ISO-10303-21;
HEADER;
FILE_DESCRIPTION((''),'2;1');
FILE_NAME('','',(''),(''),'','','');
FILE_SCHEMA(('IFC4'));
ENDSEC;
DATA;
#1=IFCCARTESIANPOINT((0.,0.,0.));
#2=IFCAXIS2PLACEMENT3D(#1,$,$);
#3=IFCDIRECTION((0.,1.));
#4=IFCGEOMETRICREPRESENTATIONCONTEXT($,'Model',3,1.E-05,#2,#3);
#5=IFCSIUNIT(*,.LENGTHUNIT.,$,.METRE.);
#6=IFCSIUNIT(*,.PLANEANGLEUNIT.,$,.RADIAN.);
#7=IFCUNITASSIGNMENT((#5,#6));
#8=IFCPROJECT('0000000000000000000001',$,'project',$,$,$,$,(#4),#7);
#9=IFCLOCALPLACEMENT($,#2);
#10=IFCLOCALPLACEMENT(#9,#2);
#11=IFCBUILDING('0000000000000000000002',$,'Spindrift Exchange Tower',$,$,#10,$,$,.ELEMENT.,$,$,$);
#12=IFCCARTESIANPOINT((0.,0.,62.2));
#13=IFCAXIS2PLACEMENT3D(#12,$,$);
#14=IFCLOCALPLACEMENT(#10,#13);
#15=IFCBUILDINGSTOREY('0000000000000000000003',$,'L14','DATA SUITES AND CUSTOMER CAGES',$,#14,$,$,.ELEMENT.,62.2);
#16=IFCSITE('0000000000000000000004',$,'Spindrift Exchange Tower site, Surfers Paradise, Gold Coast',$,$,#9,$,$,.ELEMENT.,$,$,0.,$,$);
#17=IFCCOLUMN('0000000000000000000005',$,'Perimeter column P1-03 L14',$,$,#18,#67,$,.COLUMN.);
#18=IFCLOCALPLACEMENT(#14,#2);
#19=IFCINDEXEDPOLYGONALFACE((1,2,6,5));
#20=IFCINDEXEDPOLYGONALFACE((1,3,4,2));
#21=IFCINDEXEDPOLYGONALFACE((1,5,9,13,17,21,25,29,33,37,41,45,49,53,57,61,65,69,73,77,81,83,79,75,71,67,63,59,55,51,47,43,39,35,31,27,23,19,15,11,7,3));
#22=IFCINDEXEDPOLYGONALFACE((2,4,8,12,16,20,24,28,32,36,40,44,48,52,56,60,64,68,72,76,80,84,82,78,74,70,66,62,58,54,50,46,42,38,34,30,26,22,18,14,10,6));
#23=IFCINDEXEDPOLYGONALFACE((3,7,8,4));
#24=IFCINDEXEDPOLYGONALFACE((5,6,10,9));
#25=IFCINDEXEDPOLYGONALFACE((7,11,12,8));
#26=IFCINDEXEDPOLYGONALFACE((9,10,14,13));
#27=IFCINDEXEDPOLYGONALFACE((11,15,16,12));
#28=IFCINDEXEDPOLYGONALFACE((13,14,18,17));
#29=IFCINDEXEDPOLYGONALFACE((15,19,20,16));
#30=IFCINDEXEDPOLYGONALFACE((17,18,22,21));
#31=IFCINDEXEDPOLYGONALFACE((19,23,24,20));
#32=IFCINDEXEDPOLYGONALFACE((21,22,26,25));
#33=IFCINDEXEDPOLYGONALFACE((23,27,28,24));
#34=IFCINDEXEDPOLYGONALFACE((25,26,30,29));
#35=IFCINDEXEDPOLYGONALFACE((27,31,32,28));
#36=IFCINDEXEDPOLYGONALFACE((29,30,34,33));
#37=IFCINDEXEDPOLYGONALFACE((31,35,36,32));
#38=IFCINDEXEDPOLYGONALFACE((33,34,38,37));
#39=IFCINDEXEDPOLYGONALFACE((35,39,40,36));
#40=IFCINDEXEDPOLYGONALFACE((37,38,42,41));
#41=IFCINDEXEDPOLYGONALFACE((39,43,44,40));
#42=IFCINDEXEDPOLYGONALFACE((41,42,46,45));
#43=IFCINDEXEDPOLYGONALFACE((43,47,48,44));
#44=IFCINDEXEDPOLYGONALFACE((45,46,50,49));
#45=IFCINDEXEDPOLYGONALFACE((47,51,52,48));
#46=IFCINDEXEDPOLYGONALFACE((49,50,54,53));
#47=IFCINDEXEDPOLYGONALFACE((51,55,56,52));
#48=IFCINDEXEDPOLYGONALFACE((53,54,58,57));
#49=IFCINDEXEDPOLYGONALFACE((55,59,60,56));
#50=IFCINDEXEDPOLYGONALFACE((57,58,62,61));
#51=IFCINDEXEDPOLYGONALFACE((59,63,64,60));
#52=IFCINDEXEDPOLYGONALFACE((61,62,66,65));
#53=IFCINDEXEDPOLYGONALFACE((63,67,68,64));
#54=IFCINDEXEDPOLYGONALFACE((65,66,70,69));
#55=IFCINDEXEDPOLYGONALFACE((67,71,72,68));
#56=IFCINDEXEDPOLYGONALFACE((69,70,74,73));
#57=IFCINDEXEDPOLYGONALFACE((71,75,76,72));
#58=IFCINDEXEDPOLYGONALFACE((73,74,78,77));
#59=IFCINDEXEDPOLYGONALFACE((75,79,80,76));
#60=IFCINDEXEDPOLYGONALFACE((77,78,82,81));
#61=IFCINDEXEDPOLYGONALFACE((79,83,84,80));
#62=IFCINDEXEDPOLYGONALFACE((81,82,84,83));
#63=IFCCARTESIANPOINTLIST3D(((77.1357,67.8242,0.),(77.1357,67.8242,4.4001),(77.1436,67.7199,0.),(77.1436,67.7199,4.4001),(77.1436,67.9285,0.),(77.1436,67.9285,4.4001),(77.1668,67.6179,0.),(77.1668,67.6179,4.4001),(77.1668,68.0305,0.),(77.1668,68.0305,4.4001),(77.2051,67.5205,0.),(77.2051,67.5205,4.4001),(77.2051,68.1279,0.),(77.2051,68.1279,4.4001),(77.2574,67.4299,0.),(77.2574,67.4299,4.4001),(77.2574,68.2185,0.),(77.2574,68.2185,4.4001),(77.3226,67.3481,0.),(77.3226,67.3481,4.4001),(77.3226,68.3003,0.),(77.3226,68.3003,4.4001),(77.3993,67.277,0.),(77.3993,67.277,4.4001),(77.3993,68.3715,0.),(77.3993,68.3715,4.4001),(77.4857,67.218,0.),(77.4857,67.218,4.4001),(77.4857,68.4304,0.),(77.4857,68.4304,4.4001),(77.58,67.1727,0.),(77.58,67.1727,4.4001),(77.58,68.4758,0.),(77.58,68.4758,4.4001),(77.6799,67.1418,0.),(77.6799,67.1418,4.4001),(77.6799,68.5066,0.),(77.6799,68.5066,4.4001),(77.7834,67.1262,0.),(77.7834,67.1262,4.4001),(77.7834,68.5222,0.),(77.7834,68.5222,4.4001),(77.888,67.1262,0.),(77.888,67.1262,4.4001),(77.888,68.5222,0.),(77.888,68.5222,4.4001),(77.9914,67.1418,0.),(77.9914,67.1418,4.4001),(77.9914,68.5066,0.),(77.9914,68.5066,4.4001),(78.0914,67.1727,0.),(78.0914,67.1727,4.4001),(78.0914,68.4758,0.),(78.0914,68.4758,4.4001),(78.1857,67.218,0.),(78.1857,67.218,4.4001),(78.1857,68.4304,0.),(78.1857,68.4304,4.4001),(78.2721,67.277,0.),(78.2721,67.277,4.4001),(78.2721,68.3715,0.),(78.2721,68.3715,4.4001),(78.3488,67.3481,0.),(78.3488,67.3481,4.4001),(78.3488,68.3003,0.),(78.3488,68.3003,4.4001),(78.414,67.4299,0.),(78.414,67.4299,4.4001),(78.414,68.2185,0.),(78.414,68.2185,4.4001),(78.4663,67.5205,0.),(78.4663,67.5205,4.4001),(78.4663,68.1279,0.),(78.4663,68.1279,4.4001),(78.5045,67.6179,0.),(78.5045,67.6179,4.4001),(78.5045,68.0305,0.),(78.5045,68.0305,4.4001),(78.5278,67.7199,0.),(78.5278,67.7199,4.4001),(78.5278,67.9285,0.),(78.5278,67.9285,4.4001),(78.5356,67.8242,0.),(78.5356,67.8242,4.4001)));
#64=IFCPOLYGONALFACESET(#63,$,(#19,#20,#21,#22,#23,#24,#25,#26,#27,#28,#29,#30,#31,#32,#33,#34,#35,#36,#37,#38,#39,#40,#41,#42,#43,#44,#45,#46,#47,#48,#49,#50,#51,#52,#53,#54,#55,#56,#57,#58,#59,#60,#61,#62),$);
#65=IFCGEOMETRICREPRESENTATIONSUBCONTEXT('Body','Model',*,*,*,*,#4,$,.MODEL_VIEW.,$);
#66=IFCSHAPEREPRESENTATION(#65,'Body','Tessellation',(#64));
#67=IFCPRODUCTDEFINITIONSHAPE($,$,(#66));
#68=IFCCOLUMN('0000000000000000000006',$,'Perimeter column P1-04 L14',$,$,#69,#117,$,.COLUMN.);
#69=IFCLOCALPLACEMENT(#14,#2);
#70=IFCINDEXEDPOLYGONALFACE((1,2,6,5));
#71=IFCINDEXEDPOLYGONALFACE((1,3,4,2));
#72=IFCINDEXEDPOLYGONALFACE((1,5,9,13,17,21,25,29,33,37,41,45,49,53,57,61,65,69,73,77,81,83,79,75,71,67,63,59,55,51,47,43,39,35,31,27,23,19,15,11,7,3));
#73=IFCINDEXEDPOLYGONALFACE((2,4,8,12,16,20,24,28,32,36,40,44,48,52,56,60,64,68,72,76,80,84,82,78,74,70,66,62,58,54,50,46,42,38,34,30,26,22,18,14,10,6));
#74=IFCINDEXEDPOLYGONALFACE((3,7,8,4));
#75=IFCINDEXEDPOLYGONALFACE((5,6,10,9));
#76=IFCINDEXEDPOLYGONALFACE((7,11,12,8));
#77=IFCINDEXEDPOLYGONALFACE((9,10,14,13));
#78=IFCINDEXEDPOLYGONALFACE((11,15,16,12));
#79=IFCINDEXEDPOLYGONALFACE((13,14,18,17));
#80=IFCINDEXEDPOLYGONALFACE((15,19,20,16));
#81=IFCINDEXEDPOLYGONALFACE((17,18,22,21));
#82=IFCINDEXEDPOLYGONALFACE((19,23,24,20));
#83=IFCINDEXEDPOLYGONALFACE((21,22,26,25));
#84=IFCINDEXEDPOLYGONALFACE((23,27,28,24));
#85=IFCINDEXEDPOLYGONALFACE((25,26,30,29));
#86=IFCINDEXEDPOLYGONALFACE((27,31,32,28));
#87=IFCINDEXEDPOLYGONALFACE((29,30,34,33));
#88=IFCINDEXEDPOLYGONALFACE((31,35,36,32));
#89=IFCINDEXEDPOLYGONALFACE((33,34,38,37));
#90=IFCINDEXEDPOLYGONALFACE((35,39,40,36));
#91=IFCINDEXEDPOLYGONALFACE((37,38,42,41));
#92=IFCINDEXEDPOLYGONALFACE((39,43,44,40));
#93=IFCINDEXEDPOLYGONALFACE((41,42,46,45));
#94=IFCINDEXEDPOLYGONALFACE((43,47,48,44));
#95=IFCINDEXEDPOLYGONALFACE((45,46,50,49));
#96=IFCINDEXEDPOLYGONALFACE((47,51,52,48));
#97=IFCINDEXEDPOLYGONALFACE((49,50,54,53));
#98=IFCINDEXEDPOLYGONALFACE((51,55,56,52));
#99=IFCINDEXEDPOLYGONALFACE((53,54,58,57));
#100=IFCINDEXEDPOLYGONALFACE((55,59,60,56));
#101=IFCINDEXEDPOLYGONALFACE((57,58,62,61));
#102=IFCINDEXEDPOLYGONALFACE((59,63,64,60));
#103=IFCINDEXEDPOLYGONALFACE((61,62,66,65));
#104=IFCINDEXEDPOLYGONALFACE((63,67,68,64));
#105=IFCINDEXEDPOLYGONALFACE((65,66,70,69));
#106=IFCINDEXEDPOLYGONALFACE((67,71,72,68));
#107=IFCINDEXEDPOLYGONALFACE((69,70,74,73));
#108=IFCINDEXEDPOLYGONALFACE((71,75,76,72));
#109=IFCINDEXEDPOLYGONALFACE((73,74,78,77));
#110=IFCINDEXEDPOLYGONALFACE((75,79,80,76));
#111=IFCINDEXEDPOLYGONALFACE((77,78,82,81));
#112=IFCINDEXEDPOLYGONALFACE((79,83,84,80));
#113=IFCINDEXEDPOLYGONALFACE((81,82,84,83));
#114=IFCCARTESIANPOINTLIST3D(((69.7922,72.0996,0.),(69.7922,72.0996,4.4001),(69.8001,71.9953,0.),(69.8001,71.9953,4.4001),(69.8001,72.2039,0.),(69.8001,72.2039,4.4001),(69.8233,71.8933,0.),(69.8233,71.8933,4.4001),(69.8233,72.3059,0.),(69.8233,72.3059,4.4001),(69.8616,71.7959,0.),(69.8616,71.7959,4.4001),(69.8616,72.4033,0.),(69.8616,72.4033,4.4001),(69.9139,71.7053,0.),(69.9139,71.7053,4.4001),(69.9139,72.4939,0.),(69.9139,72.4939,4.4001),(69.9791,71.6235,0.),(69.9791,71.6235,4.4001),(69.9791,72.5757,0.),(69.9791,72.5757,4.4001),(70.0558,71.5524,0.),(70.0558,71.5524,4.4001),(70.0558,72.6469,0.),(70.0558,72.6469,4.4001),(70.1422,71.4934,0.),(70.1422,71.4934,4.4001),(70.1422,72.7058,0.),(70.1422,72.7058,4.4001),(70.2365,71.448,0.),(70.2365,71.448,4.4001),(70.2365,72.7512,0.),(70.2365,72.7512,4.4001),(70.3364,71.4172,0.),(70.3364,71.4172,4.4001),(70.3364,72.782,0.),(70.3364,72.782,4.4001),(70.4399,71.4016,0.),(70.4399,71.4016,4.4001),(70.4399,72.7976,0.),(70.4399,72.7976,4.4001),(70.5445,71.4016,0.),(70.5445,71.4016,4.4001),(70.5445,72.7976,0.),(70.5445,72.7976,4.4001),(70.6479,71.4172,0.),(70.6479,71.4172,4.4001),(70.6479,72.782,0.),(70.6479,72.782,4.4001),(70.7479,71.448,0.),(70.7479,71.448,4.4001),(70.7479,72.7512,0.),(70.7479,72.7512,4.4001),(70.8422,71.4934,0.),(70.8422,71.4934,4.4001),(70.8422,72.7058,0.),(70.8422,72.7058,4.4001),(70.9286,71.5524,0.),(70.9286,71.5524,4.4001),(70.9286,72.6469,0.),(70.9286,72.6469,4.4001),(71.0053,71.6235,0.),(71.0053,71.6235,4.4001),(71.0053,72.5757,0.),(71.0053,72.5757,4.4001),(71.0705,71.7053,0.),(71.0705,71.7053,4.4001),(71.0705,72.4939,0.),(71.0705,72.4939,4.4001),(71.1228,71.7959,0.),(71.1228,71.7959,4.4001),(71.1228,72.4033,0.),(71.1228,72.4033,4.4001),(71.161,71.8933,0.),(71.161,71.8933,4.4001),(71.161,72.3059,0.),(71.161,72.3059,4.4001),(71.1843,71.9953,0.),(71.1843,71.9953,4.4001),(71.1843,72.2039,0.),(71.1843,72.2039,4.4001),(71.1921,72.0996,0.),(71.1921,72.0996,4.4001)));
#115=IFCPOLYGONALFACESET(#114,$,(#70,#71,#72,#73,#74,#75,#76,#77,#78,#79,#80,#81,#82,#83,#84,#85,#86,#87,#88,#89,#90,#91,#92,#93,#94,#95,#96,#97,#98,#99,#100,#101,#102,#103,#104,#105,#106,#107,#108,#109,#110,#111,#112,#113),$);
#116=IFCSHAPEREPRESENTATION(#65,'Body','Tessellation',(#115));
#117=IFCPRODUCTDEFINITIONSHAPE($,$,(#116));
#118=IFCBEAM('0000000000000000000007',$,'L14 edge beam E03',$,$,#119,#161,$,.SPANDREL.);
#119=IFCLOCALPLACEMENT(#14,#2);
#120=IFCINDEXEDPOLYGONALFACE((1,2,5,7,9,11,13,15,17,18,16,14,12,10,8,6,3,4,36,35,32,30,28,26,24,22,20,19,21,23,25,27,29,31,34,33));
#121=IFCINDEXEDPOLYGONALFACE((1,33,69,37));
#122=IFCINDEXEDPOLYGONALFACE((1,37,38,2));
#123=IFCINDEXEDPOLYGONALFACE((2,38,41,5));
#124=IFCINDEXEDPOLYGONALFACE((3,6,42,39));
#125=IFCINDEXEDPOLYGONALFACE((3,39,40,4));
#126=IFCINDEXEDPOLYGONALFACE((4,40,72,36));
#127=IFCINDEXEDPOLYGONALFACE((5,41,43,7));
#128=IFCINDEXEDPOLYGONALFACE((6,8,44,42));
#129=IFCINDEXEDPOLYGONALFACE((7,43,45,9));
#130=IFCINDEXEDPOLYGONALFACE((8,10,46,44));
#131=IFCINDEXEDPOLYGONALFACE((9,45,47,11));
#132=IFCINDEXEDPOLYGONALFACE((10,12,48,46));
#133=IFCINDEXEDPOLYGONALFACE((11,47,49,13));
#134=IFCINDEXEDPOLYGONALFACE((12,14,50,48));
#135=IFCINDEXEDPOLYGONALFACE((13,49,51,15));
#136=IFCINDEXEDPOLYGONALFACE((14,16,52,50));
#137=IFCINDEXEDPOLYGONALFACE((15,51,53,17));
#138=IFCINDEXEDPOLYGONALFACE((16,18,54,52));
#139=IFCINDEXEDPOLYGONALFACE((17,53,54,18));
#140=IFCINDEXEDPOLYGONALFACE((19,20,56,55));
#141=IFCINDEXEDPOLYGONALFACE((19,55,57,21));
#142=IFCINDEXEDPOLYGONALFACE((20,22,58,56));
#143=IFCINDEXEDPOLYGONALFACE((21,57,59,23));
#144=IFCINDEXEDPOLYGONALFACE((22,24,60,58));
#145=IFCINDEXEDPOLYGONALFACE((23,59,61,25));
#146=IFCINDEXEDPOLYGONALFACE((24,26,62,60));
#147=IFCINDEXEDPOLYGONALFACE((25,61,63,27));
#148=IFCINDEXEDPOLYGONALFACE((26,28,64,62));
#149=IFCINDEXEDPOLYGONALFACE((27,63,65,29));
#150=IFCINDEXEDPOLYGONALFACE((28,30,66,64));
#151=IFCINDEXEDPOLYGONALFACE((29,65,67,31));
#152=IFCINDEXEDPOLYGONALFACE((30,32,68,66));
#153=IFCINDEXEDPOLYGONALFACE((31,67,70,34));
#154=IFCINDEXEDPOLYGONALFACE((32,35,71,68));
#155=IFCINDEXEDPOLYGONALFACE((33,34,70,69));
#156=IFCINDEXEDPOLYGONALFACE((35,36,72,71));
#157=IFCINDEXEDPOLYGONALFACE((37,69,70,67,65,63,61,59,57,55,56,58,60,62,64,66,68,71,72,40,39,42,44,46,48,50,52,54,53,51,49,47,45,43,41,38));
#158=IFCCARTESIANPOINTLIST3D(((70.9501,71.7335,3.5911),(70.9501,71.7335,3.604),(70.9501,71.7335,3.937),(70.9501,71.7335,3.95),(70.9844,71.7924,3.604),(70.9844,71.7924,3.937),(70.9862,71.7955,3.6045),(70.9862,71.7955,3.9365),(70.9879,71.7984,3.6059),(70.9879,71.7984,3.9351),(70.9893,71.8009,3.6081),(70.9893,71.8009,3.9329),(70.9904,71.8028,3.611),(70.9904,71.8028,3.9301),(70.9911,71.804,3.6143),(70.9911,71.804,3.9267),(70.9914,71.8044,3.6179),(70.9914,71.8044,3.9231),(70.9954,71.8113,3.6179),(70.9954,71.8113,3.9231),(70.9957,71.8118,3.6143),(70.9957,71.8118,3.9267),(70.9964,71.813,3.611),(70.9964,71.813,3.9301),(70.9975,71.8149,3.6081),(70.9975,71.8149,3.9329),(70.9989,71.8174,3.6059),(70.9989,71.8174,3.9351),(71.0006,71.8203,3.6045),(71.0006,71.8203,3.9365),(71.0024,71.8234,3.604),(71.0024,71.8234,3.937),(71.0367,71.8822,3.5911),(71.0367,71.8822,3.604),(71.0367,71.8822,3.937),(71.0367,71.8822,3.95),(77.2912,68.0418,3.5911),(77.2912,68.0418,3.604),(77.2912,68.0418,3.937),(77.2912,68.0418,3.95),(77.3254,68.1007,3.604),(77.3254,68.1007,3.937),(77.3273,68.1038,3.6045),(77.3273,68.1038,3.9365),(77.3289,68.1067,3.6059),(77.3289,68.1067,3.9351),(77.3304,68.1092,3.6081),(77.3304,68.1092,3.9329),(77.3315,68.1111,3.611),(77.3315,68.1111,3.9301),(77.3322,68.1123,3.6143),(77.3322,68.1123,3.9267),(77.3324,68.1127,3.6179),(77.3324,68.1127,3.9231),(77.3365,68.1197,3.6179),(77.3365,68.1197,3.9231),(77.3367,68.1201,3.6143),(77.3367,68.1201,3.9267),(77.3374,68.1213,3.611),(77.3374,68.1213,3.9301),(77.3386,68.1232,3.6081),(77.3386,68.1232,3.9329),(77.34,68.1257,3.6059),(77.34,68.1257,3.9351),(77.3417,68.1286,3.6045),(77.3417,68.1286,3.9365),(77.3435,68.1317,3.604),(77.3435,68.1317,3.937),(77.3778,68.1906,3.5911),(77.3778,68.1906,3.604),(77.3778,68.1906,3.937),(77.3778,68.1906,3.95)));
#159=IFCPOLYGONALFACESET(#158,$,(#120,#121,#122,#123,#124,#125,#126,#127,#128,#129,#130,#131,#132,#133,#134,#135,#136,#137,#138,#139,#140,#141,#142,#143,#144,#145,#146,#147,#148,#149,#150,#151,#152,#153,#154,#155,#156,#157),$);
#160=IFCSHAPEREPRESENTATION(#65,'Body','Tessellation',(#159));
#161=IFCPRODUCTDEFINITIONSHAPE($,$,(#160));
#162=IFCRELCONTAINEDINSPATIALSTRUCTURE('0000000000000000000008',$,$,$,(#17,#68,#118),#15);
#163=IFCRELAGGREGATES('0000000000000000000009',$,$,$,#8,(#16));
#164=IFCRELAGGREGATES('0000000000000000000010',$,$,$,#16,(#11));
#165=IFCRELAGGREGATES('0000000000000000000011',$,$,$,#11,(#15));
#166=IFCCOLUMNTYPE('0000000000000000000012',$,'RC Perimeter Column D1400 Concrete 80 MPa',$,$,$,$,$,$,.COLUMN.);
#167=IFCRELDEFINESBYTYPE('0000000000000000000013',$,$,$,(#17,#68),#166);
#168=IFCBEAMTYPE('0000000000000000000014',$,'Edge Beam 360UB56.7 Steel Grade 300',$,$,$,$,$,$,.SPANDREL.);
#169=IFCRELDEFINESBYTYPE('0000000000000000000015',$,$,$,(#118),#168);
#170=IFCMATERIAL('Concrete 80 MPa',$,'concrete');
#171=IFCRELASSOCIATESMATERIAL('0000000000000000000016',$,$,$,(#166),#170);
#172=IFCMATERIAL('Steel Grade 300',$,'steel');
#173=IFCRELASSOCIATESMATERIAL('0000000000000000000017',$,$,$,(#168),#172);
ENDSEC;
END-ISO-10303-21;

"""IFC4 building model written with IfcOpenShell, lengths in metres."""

from ifc_helpers import new_model, si_unit, direction, frame, origin, origin_2d, place, context, subcontext, project, spatial, circle, i_section, extrude, source, transform, mapped, material, material_profile, profile_set, type_object, element, save


model = new_model("IFC4")

# Units and contexts
model_context = context("Model", 3, precision=1e-05, world=origin(), true_north=direction((0.0, 1.0)))
body_context = subcontext(model_context, "Body", "Model", "MODEL_VIEW")
ifc_project = project(units=[si_unit("LENGTHUNIT", "METRE"), si_unit("PLANEANGLEUNIT", "RADIAN")], contexts=[model_context])

# Site, building, storey
site_placement = place(None, origin())
site = spatial("IfcSite", under=ifc_project, at=site_placement, Name="Spindrift Exchange Tower site, Surfers Paradise, Gold Coast", CompositionType="ELEMENT", RefElevation=0.0)
building_placement = place(site_placement, origin())
building = spatial("IfcBuilding", under=site, at=building_placement, Name="Spindrift Exchange Tower", CompositionType="ELEMENT")
storey_placement = place(building_placement, frame((0.0, 0.0, 62.2)))
storey = spatial("IfcBuildingStorey", under=building, at=storey_placement, Name="L14", Description="DATA SUITES AND CUSTOMER CAGES", CompositionType="ELEMENT", Elevation=62.2)

# Columns
ifc_material_1 = material(Name="Concrete 80 MPa", Category="concrete")
ifc_material_profile_1 = material_profile(ifc_material_1, circle(Radius=0.7, at=origin_2d()), Name="RC D1400")
ifc_profile_set_1 = profile_set([ifc_material_profile_1], Name="Concrete 80 MPa")
column_type = type_object("IfcColumnType", Name="RC Perimeter Column D1400 Concrete 80 MPa", PredefinedType="COLUMN", material=ifc_profile_set_1)
shared_shape_1 = source(origin(), body_context, "Body", "SweptSolid", [
    extrude(circle(Radius=0.7, at=origin_2d()), origin(), (0.0, 0.0, 1.0), 4.4001),
])
for number, where, z_axis, x_axis, name in (
    (1, (77.8357, 67.8242, 0.0), (0.0, 0.0, 1.0), (1.0, 0.0, 0.0), "Perimeter column P1-03 L14"),
    (2, (70.4922, 72.0996, 0.0), (0.0, 0.0, 1.0), (1.0, 0.0, 0.0), "Perimeter column P1-04 L14"),
):
    element("IfcColumn", number, at=place(storey_placement, frame(where, z_axis=z_axis, x_axis=x_axis)), inside=storey, type_object=column_type, Name=name, PredefinedType="COLUMN", context=body_context, shape_type="MappedRepresentation", body=[
        mapped(shared_shape_1, transform((0.0, 0.0, 0.0), scale=1.0)),
    ])

# Beam
ifc_material_2 = material(Name="Steel Grade 300", Category="steel")
ifc_material_profile_2 = material_profile(ifc_material_2, i_section(OverallWidth=0.1721, OverallDepth=0.3589, WebThickness=0.0081, FlangeThickness=0.0129, FilletRadius=0.0139, at=origin_2d()), Name="360UB56.7")
ifc_profile_set_2 = profile_set([ifc_material_profile_2], Name="Steel Grade 300")
beam_type_1 = type_object("IfcBeamType", Name="Edge Beam 360UB56.7 Steel Grade 300", PredefinedType="SPANDREL", material=ifc_profile_set_2)
shared_shape_2 = source(origin(), body_context, "Body", "SweptSolid", [
    extrude(i_section(OverallWidth=0.1721, OverallDepth=0.3589, WebThickness=0.0081, FlangeThickness=0.0129, FilletRadius=0.0139, at=origin_2d()), origin(), (0.0, 0.0, 1.0), 7.3374),
])
beam_1_placement = place(storey_placement, frame((77.3345, 68.1162, 3.7705), z_axis=(-0.864212, 0.503128, 0.0), x_axis=(-0.503128, -0.864212, 0.0)))
element("IfcBeam", 3, at=beam_1_placement, inside=storey, type_object=beam_type_1, Name="L14 edge beam E03", PredefinedType="SPANDREL", context=body_context, shape_type="MappedRepresentation", body=[
    mapped(shared_shape_2, transform((0.0, 0.0, 0.0), scale=1.0)),
])

save(model, "model.ifc")
